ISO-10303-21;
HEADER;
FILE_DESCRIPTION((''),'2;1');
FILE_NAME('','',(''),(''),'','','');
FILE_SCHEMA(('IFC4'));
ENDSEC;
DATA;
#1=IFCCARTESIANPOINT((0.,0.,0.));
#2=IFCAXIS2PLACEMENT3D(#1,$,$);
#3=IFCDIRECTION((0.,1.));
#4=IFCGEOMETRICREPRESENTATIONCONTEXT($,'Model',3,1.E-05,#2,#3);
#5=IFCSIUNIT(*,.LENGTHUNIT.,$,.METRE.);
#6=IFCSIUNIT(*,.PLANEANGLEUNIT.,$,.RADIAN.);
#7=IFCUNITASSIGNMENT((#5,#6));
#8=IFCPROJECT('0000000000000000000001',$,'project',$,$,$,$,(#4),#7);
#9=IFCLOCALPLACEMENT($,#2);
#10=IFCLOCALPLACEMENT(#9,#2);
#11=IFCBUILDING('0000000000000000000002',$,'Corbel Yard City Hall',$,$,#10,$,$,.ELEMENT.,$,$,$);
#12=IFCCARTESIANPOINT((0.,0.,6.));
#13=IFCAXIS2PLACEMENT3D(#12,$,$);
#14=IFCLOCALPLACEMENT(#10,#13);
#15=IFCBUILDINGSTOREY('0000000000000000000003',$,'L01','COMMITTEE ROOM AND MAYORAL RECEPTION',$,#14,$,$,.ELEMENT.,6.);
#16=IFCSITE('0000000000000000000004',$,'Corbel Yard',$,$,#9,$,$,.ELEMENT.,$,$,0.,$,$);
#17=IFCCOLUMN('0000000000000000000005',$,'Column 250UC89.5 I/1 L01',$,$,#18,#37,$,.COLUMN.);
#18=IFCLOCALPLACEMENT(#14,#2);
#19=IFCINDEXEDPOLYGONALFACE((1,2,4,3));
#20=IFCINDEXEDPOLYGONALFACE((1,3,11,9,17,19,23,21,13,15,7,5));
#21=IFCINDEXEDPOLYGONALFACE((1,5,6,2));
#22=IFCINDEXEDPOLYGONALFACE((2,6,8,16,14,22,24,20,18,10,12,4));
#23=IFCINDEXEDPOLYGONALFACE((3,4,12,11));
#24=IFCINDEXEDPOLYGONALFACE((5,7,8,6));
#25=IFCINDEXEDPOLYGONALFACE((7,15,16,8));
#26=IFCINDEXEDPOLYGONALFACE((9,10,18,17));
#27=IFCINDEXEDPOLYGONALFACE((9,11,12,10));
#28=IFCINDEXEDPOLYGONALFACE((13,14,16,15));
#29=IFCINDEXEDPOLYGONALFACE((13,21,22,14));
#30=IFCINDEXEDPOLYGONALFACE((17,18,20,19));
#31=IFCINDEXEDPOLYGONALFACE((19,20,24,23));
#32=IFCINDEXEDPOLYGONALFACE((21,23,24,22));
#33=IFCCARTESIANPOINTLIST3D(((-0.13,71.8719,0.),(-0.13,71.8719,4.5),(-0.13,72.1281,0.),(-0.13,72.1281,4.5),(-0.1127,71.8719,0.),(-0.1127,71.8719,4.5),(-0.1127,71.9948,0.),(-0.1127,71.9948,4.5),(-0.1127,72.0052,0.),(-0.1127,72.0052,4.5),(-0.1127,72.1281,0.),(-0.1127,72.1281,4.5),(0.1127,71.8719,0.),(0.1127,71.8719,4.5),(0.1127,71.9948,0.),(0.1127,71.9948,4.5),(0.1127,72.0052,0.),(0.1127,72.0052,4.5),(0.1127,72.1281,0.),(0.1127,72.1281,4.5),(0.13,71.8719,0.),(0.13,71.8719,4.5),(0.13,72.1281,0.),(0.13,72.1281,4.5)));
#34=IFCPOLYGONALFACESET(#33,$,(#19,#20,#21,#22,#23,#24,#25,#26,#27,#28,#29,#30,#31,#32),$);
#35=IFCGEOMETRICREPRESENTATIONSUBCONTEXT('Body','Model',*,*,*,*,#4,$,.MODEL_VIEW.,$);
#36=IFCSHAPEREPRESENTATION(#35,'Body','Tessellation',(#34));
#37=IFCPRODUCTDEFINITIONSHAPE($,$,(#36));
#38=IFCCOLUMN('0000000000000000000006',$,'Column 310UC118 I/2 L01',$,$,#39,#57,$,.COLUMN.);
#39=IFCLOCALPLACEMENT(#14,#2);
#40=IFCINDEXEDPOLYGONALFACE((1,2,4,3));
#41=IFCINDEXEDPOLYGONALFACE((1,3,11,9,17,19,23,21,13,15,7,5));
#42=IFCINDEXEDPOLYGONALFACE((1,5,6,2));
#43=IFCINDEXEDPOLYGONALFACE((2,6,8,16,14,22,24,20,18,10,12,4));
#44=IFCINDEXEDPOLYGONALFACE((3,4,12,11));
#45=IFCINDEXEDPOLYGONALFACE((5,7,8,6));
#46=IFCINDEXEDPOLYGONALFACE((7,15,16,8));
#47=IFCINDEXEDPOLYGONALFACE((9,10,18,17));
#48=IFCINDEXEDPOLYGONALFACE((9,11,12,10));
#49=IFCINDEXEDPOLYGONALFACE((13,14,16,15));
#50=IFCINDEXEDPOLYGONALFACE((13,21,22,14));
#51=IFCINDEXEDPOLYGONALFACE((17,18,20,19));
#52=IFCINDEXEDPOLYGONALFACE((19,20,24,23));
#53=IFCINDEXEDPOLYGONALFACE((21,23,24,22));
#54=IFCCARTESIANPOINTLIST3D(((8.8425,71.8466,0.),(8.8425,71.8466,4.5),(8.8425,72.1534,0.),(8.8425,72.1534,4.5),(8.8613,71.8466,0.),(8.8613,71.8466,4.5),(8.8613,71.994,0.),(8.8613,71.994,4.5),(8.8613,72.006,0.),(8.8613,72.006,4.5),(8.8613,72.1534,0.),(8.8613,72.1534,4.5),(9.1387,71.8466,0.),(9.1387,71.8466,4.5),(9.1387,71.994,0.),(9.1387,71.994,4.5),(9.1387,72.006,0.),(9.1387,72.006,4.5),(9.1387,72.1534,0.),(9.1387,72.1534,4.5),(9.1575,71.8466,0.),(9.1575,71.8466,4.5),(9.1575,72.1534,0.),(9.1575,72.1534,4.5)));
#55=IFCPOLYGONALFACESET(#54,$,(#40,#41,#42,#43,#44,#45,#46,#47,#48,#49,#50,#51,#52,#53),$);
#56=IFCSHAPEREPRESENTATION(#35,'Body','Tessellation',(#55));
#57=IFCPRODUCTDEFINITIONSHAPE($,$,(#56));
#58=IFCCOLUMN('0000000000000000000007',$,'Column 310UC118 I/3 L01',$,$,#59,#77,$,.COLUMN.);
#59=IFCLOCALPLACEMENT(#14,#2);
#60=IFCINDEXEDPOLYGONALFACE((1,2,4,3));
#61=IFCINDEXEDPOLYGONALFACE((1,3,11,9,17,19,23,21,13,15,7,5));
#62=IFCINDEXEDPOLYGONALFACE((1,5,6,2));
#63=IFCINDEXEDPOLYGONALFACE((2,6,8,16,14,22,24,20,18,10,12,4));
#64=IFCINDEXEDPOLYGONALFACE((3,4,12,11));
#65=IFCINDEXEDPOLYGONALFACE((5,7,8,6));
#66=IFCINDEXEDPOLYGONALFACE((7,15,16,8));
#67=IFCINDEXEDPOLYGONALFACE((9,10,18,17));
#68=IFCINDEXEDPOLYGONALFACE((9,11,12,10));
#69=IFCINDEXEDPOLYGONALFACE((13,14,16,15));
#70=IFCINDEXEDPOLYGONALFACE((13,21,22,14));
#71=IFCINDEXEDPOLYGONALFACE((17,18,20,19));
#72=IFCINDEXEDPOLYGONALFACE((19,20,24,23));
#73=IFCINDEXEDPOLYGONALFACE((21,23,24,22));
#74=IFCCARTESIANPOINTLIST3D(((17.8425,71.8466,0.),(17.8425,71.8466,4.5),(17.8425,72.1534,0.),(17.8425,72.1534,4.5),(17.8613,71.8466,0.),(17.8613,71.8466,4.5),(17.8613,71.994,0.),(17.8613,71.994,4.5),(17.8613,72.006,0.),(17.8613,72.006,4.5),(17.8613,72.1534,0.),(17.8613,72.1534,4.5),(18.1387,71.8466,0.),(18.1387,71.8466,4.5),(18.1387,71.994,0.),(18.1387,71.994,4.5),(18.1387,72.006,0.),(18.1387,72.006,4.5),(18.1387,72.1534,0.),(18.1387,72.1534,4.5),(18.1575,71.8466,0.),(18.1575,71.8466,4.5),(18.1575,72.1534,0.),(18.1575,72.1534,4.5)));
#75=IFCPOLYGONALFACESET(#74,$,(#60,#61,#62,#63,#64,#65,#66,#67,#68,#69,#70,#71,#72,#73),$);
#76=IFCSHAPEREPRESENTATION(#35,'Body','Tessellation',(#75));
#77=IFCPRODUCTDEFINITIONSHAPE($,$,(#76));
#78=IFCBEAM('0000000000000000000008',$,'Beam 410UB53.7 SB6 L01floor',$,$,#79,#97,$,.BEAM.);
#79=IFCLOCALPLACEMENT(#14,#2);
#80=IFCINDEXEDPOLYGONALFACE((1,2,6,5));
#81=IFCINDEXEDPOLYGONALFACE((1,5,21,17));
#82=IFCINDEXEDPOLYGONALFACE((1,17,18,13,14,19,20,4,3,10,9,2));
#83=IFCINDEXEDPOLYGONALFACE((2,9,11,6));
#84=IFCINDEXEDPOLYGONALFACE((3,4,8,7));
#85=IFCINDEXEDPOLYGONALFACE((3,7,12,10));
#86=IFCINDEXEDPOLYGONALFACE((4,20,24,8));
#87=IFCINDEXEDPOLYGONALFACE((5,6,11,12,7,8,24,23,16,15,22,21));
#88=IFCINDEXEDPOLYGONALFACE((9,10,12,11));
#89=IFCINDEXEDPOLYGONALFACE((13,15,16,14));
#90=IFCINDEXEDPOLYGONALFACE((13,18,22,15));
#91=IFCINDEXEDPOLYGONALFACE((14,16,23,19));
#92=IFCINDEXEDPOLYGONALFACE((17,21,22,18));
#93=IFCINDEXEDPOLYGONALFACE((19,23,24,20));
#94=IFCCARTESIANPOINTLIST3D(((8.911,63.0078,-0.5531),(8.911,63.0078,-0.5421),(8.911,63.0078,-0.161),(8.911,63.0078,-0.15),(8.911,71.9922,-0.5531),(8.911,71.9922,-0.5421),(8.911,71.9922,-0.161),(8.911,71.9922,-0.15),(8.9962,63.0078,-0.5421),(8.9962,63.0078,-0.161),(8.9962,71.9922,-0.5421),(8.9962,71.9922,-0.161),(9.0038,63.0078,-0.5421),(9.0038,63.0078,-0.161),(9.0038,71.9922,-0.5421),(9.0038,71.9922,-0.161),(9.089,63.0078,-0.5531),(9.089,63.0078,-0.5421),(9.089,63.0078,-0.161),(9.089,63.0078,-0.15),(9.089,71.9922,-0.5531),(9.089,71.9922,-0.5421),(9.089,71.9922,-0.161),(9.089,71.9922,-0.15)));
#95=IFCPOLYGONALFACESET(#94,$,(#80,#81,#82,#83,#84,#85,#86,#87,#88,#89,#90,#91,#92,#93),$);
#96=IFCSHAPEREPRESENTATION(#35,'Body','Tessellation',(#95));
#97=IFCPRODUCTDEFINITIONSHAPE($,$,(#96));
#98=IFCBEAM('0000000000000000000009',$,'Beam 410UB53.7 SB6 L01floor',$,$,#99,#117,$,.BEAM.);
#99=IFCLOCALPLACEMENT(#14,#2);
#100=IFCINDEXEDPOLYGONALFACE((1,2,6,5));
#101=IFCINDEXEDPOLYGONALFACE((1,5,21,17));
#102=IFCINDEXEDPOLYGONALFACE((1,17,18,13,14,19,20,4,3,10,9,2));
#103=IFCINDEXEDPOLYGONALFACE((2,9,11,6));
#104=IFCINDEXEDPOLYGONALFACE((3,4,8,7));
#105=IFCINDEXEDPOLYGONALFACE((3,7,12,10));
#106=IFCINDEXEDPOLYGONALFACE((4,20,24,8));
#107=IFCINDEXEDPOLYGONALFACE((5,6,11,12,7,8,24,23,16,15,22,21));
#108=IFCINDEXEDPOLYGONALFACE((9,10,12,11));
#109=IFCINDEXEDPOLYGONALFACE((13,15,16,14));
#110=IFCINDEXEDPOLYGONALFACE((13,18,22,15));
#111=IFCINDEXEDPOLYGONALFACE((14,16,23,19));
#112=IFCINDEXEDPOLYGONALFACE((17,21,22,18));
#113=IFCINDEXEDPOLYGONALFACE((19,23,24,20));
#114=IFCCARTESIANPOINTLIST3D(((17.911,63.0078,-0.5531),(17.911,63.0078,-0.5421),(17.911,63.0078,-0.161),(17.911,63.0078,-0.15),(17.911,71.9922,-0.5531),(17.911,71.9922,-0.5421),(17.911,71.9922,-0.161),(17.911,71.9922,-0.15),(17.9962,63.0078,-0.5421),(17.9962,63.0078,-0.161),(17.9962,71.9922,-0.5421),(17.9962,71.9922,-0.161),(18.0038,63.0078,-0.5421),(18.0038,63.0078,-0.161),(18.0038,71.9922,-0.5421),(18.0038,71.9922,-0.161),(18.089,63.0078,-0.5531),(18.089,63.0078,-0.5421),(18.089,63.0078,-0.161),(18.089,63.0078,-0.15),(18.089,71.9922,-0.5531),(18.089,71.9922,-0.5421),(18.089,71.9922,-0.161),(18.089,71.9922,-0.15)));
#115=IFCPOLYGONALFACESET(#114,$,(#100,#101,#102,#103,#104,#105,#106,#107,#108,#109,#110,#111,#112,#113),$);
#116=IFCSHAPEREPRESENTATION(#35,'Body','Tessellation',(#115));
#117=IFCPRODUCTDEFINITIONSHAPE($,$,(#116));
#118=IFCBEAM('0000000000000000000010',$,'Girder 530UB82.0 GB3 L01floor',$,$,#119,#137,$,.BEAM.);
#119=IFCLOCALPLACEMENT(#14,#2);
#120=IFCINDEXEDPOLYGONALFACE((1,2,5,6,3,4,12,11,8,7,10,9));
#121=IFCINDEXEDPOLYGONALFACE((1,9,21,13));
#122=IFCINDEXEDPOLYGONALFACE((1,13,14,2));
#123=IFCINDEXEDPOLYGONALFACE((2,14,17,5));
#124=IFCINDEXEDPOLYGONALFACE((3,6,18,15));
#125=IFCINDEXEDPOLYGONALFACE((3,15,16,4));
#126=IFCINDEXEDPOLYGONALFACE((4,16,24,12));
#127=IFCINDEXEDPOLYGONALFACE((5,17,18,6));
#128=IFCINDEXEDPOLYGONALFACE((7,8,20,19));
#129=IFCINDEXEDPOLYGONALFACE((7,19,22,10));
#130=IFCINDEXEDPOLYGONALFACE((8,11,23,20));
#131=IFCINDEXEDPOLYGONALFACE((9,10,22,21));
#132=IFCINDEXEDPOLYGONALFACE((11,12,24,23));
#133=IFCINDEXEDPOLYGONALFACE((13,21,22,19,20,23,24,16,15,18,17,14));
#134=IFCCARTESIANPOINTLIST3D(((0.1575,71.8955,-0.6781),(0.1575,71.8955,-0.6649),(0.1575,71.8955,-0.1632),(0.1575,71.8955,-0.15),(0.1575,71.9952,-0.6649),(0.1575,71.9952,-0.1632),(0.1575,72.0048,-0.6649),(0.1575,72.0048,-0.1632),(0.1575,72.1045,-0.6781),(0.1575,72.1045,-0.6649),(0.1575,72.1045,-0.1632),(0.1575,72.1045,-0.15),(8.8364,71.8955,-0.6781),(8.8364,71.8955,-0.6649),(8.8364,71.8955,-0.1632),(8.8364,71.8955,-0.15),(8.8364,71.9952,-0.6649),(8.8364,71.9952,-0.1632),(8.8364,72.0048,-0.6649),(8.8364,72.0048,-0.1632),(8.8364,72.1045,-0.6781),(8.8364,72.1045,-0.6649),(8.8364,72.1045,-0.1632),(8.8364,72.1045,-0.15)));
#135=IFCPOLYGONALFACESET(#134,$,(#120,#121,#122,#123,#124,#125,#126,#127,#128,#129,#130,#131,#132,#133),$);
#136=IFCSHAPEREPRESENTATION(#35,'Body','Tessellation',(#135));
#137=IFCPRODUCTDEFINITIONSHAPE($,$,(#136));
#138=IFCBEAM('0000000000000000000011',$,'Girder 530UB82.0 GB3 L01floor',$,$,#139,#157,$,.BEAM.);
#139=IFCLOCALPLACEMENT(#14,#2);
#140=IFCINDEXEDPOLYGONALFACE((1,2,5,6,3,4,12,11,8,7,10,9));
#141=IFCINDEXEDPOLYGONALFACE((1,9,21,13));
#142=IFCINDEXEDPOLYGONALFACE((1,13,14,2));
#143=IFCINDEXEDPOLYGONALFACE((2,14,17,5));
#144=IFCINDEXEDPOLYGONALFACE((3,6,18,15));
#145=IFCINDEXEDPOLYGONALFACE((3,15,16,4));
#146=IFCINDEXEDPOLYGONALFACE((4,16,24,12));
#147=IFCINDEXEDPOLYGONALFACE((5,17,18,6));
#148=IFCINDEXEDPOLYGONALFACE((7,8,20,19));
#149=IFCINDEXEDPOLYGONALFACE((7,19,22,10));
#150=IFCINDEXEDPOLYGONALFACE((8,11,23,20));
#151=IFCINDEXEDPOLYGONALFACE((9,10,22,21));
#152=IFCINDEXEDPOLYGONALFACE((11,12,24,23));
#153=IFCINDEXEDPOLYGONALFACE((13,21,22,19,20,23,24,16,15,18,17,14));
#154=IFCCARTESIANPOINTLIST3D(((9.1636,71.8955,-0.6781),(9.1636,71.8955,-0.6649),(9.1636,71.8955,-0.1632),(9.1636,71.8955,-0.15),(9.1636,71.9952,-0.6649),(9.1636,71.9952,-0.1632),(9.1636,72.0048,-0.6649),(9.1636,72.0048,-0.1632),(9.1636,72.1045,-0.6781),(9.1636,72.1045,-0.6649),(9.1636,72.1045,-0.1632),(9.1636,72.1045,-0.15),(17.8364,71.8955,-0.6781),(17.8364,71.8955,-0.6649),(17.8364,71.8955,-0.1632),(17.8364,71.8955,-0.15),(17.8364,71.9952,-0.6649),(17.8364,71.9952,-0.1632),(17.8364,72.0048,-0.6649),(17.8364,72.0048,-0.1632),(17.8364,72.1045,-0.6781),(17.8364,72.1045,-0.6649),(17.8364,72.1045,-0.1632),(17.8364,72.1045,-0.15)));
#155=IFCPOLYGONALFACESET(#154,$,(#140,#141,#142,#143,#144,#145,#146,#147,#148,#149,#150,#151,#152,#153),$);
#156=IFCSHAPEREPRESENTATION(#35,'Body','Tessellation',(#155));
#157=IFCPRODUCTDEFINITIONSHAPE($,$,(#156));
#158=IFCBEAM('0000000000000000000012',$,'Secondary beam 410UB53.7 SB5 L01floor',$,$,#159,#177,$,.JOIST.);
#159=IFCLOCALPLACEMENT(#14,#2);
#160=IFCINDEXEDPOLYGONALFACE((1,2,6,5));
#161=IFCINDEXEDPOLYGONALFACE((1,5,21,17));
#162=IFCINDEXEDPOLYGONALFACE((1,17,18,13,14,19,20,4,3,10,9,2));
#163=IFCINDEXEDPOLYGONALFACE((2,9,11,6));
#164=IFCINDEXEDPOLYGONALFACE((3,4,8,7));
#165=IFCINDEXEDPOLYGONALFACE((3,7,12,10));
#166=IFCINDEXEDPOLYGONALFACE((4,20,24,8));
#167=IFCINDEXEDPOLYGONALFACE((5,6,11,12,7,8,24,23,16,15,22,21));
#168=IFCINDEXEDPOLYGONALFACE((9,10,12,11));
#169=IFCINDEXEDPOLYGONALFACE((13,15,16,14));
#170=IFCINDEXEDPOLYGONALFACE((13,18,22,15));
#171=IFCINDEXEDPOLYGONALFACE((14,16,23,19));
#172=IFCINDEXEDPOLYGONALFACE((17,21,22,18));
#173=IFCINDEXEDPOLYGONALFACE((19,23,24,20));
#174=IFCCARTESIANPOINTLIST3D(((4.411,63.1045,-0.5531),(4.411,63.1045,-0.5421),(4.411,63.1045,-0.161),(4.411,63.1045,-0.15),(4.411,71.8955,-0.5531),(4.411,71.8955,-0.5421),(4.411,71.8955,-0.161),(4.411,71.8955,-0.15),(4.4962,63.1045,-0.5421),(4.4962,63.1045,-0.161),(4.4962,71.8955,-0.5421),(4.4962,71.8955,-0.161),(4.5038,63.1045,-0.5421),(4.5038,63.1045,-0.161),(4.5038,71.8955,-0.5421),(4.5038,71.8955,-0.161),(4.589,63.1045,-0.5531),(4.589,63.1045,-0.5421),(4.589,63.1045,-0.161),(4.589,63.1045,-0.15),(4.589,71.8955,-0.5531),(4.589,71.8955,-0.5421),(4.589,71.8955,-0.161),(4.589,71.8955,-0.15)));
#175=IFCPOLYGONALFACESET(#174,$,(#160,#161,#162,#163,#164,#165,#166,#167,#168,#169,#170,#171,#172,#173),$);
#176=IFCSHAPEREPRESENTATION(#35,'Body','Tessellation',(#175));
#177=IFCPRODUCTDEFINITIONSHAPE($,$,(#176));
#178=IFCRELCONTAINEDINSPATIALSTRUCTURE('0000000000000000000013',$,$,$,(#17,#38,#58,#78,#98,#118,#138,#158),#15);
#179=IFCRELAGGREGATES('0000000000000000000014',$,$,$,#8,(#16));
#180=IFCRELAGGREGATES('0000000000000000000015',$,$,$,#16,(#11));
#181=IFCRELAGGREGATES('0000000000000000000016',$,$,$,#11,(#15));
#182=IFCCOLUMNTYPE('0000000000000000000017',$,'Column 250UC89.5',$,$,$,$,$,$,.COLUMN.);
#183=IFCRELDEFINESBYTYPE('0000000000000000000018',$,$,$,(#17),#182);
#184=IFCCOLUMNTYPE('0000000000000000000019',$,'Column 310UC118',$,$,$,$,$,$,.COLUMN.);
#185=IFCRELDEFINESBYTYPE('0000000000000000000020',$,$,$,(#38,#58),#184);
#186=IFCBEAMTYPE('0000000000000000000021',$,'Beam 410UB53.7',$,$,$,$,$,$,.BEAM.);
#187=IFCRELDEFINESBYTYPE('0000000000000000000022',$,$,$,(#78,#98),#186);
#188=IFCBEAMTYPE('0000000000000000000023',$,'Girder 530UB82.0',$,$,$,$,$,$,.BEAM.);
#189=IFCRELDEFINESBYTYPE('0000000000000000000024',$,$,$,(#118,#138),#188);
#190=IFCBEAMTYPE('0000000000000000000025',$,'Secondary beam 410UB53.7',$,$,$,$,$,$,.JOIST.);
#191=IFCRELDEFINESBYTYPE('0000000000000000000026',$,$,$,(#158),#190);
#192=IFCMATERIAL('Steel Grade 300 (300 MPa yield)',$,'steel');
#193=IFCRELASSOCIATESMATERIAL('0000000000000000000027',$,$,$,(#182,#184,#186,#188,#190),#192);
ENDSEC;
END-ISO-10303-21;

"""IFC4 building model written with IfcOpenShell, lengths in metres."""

from ifc_helpers import new_model, si_unit, direction, frame, origin, origin_2d, place, context, subcontext, project, spatial, i_section, extrude, material, material_profile, profile_set, type_object, element, save


model = new_model("IFC4")

# Units and contexts
model_context = context("Model", 3, precision=1e-05, world=origin(), true_north=direction((0.0, 1.0)))
body_context = subcontext(model_context, "Body", "Model", "MODEL_VIEW")
ifc_project = project(units=[si_unit("LENGTHUNIT", "METRE"), si_unit("PLANEANGLEUNIT", "RADIAN")], contexts=[model_context])

# Site, building, storey
site_placement = place(None, origin())
site = spatial("IfcSite", under=ifc_project, at=site_placement, Name="Corbel Yard", CompositionType="ELEMENT", RefElevation=0.0)
building_placement = place(site_placement, origin())
building = spatial("IfcBuilding", under=site, at=building_placement, Name="Corbel Yard City Hall", CompositionType="ELEMENT")
storey_placement = place(building_placement, frame((0.0, 0.0, 6.0)))
storey = spatial("IfcBuildingStorey", under=building, at=storey_placement, Name="L01", Description="COMMITTEE ROOM AND MAYORAL RECEPTION", CompositionType="ELEMENT", Elevation=6.0)

# Columns
ifc_material_1 = material(Name="Steel Grade 300 (300 MPa yield)", Category="steel")
ifc_material_profile_1 = material_profile(ifc_material_1, i_section(OverallWidth=0.2561, OverallDepth=0.26, WebThickness=0.0105, FlangeThickness=0.0173, at=origin_2d()), Name="250UC89.5")
ifc_profile_set_1 = profile_set([ifc_material_profile_1], Name="Steel Grade 300 (300 MPa yield)")
column_type_1 = type_object("IfcColumnType", Name="Column 250UC89.5", PredefinedType="COLUMN", material=ifc_profile_set_1)
column_placement = place(storey_placement, frame((0.0, 72.0, 0.0), z_axis=(0.0, 0.0, 1.0), x_axis=(0.0, 1.0, 0.0)))
element("IfcColumn", 1, at=column_placement, inside=storey, type_object=column_type_1, Name="Column 250UC89.5 I/1 L01", PredefinedType="COLUMN", context=body_context, shape_type="SweptSolid", body=[
    extrude(i_section(OverallWidth=0.2561, OverallDepth=0.26, WebThickness=0.0105, FlangeThickness=0.0173, at=origin_2d()), origin(), (0.0, 0.0, 1.0), 4.5),
])
ifc_material_profile_2 = material_profile(ifc_material_1, i_section(OverallWidth=0.3069, OverallDepth=0.3149, WebThickness=0.012, FlangeThickness=0.0188, at=origin_2d()), Name="310UC118")
ifc_profile_set_2 = profile_set([ifc_material_profile_2], Name="Steel Grade 300 (300 MPa yield)")
column_type_2 = type_object("IfcColumnType", Name="Column 310UC118", PredefinedType="COLUMN", material=ifc_profile_set_2)
for number, where, z_axis, x_axis, name in (
    (2, (9.0, 72.0, 0.0), (0.0, 0.0, 1.0), (0.0, 1.0, 0.0), "Column 310UC118 I/2 L01"),
    (3, (18.0, 72.0, 0.0), (0.0, 0.0, 1.0), (0.0, 1.0, 0.0), "Column 310UC118 I/3 L01"),
):
    element("IfcColumn", number, at=place(storey_placement, frame(where, z_axis=z_axis, x_axis=x_axis)), inside=storey, type_object=column_type_2, Name=name, PredefinedType="COLUMN", context=body_context, shape_type="SweptSolid", body=[
        extrude(i_section(OverallWidth=0.3069, OverallDepth=0.3149, WebThickness=0.012, FlangeThickness=0.0188, at=origin_2d()), origin(), (0.0, 0.0, 1.0), 4.5),
    ])

# Beams
ifc_material_profile_3 = material_profile(ifc_material_1, i_section(OverallWidth=0.178, OverallDepth=0.4031, WebThickness=0.0076, FlangeThickness=0.011, at=origin_2d()), Name="410UB53.7")
ifc_profile_set_3 = profile_set([ifc_material_profile_3], Name="Steel Grade 300 (300 MPa yield)")
beam_type_1 = type_object("IfcBeamType", Name="Beam 410UB53.7", PredefinedType="BEAM", material=ifc_profile_set_3)
for number, where, z_axis, x_axis, name in (
    (4, (9.0, 63.0078, -0.3516), (0.0, 1.0, 0.0), (-1.0, 0.0, 0.0), "Beam 410UB53.7 SB6 L01floor"),
    (5, (18.0, 63.0078, -0.3516), (0.0, 1.0, 0.0), (-1.0, 0.0, 0.0), "Beam 410UB53.7 SB6 L01floor"),
):
    element("IfcBeam", number, at=place(storey_placement, frame(where, z_axis=z_axis, x_axis=x_axis)), inside=storey, type_object=beam_type_1, Name=name, PredefinedType="BEAM", context=body_context, shape_type="SweptSolid", body=[
        extrude(i_section(OverallWidth=0.178, OverallDepth=0.4031, WebThickness=0.0076, FlangeThickness=0.011, at=origin_2d()), origin(), (0.0, 0.0, 1.0), 8.9844),
    ])
ifc_material_profile_4 = material_profile(ifc_material_1, i_section(OverallWidth=0.209, OverallDepth=0.5281, WebThickness=0.0095, FlangeThickness=0.0132, at=origin_2d()), Name="530UB82.0")
ifc_profile_set_4 = profile_set([ifc_material_profile_4], Name="Steel Grade 300 (300 MPa yield)")
beam_type_2 = type_object("IfcBeamType", Name="Girder 530UB82.0", PredefinedType="BEAM", material=ifc_profile_set_4)
beam_1_placement = place(storey_placement, frame((0.1575, 72.0, -0.4141), z_axis=(1.0, 0.0, 0.0), x_axis=(0.0, 1.0, 0.0)))
element("IfcBeam", 6, at=beam_1_placement, inside=storey, type_object=beam_type_2, Name="Girder 530UB82.0 GB3 L01floor", PredefinedType="BEAM", context=body_context, shape_type="SweptSolid", body=[
    extrude(i_section(OverallWidth=0.209, OverallDepth=0.5281, WebThickness=0.0095, FlangeThickness=0.0132, at=origin_2d()), origin(), (0.0, 0.0, 1.0), 8.679),
])
beam_2_placement = place(storey_placement, frame((9.1636, 72.0, -0.4141), z_axis=(1.0, 0.0, 0.0), x_axis=(0.0, 1.0, 0.0)))
element("IfcBeam", 7, at=beam_2_placement, inside=storey, type_object=beam_type_2, Name="Girder 530UB82.0 GB3 L01floor", PredefinedType="BEAM", context=body_context, shape_type="SweptSolid", body=[
    extrude(i_section(OverallWidth=0.209, OverallDepth=0.5281, WebThickness=0.0095, FlangeThickness=0.0132, at=origin_2d()), origin(), (0.0, 0.0, 1.0), 8.6729),
])
ifc_material_profile_5 = material_profile(ifc_material_1, i_section(OverallWidth=0.178, OverallDepth=0.4031, WebThickness=0.0076, FlangeThickness=0.011, at=origin_2d()), Name="410UB53.7")
ifc_profile_set_5 = profile_set([ifc_material_profile_5], Name="Steel Grade 300 (300 MPa yield)")
beam_type_3 = type_object("IfcBeamType", Name="Secondary beam 410UB53.7", PredefinedType="JOIST", material=ifc_profile_set_5)
for number, where, z_axis, x_axis, name in (
    (8, (4.5, 63.1045, -0.3516), (0.0, 1.0, 0.0), (-1.0, 0.0, 0.0), "Secondary beam 410UB53.7 SB5 L01floor"),
):
    element("IfcBeam", number, at=place(storey_placement, frame(where, z_axis=z_axis, x_axis=x_axis)), inside=storey, type_object=beam_type_3, Name=name, PredefinedType="JOIST", context=body_context, shape_type="SweptSolid", body=[
        extrude(i_section(OverallWidth=0.178, OverallDepth=0.4031, WebThickness=0.0076, FlangeThickness=0.011, at=origin_2d()), origin(), (0.0, 0.0, 1.0), 8.791),
    ])

save(model, "model.ifc")
